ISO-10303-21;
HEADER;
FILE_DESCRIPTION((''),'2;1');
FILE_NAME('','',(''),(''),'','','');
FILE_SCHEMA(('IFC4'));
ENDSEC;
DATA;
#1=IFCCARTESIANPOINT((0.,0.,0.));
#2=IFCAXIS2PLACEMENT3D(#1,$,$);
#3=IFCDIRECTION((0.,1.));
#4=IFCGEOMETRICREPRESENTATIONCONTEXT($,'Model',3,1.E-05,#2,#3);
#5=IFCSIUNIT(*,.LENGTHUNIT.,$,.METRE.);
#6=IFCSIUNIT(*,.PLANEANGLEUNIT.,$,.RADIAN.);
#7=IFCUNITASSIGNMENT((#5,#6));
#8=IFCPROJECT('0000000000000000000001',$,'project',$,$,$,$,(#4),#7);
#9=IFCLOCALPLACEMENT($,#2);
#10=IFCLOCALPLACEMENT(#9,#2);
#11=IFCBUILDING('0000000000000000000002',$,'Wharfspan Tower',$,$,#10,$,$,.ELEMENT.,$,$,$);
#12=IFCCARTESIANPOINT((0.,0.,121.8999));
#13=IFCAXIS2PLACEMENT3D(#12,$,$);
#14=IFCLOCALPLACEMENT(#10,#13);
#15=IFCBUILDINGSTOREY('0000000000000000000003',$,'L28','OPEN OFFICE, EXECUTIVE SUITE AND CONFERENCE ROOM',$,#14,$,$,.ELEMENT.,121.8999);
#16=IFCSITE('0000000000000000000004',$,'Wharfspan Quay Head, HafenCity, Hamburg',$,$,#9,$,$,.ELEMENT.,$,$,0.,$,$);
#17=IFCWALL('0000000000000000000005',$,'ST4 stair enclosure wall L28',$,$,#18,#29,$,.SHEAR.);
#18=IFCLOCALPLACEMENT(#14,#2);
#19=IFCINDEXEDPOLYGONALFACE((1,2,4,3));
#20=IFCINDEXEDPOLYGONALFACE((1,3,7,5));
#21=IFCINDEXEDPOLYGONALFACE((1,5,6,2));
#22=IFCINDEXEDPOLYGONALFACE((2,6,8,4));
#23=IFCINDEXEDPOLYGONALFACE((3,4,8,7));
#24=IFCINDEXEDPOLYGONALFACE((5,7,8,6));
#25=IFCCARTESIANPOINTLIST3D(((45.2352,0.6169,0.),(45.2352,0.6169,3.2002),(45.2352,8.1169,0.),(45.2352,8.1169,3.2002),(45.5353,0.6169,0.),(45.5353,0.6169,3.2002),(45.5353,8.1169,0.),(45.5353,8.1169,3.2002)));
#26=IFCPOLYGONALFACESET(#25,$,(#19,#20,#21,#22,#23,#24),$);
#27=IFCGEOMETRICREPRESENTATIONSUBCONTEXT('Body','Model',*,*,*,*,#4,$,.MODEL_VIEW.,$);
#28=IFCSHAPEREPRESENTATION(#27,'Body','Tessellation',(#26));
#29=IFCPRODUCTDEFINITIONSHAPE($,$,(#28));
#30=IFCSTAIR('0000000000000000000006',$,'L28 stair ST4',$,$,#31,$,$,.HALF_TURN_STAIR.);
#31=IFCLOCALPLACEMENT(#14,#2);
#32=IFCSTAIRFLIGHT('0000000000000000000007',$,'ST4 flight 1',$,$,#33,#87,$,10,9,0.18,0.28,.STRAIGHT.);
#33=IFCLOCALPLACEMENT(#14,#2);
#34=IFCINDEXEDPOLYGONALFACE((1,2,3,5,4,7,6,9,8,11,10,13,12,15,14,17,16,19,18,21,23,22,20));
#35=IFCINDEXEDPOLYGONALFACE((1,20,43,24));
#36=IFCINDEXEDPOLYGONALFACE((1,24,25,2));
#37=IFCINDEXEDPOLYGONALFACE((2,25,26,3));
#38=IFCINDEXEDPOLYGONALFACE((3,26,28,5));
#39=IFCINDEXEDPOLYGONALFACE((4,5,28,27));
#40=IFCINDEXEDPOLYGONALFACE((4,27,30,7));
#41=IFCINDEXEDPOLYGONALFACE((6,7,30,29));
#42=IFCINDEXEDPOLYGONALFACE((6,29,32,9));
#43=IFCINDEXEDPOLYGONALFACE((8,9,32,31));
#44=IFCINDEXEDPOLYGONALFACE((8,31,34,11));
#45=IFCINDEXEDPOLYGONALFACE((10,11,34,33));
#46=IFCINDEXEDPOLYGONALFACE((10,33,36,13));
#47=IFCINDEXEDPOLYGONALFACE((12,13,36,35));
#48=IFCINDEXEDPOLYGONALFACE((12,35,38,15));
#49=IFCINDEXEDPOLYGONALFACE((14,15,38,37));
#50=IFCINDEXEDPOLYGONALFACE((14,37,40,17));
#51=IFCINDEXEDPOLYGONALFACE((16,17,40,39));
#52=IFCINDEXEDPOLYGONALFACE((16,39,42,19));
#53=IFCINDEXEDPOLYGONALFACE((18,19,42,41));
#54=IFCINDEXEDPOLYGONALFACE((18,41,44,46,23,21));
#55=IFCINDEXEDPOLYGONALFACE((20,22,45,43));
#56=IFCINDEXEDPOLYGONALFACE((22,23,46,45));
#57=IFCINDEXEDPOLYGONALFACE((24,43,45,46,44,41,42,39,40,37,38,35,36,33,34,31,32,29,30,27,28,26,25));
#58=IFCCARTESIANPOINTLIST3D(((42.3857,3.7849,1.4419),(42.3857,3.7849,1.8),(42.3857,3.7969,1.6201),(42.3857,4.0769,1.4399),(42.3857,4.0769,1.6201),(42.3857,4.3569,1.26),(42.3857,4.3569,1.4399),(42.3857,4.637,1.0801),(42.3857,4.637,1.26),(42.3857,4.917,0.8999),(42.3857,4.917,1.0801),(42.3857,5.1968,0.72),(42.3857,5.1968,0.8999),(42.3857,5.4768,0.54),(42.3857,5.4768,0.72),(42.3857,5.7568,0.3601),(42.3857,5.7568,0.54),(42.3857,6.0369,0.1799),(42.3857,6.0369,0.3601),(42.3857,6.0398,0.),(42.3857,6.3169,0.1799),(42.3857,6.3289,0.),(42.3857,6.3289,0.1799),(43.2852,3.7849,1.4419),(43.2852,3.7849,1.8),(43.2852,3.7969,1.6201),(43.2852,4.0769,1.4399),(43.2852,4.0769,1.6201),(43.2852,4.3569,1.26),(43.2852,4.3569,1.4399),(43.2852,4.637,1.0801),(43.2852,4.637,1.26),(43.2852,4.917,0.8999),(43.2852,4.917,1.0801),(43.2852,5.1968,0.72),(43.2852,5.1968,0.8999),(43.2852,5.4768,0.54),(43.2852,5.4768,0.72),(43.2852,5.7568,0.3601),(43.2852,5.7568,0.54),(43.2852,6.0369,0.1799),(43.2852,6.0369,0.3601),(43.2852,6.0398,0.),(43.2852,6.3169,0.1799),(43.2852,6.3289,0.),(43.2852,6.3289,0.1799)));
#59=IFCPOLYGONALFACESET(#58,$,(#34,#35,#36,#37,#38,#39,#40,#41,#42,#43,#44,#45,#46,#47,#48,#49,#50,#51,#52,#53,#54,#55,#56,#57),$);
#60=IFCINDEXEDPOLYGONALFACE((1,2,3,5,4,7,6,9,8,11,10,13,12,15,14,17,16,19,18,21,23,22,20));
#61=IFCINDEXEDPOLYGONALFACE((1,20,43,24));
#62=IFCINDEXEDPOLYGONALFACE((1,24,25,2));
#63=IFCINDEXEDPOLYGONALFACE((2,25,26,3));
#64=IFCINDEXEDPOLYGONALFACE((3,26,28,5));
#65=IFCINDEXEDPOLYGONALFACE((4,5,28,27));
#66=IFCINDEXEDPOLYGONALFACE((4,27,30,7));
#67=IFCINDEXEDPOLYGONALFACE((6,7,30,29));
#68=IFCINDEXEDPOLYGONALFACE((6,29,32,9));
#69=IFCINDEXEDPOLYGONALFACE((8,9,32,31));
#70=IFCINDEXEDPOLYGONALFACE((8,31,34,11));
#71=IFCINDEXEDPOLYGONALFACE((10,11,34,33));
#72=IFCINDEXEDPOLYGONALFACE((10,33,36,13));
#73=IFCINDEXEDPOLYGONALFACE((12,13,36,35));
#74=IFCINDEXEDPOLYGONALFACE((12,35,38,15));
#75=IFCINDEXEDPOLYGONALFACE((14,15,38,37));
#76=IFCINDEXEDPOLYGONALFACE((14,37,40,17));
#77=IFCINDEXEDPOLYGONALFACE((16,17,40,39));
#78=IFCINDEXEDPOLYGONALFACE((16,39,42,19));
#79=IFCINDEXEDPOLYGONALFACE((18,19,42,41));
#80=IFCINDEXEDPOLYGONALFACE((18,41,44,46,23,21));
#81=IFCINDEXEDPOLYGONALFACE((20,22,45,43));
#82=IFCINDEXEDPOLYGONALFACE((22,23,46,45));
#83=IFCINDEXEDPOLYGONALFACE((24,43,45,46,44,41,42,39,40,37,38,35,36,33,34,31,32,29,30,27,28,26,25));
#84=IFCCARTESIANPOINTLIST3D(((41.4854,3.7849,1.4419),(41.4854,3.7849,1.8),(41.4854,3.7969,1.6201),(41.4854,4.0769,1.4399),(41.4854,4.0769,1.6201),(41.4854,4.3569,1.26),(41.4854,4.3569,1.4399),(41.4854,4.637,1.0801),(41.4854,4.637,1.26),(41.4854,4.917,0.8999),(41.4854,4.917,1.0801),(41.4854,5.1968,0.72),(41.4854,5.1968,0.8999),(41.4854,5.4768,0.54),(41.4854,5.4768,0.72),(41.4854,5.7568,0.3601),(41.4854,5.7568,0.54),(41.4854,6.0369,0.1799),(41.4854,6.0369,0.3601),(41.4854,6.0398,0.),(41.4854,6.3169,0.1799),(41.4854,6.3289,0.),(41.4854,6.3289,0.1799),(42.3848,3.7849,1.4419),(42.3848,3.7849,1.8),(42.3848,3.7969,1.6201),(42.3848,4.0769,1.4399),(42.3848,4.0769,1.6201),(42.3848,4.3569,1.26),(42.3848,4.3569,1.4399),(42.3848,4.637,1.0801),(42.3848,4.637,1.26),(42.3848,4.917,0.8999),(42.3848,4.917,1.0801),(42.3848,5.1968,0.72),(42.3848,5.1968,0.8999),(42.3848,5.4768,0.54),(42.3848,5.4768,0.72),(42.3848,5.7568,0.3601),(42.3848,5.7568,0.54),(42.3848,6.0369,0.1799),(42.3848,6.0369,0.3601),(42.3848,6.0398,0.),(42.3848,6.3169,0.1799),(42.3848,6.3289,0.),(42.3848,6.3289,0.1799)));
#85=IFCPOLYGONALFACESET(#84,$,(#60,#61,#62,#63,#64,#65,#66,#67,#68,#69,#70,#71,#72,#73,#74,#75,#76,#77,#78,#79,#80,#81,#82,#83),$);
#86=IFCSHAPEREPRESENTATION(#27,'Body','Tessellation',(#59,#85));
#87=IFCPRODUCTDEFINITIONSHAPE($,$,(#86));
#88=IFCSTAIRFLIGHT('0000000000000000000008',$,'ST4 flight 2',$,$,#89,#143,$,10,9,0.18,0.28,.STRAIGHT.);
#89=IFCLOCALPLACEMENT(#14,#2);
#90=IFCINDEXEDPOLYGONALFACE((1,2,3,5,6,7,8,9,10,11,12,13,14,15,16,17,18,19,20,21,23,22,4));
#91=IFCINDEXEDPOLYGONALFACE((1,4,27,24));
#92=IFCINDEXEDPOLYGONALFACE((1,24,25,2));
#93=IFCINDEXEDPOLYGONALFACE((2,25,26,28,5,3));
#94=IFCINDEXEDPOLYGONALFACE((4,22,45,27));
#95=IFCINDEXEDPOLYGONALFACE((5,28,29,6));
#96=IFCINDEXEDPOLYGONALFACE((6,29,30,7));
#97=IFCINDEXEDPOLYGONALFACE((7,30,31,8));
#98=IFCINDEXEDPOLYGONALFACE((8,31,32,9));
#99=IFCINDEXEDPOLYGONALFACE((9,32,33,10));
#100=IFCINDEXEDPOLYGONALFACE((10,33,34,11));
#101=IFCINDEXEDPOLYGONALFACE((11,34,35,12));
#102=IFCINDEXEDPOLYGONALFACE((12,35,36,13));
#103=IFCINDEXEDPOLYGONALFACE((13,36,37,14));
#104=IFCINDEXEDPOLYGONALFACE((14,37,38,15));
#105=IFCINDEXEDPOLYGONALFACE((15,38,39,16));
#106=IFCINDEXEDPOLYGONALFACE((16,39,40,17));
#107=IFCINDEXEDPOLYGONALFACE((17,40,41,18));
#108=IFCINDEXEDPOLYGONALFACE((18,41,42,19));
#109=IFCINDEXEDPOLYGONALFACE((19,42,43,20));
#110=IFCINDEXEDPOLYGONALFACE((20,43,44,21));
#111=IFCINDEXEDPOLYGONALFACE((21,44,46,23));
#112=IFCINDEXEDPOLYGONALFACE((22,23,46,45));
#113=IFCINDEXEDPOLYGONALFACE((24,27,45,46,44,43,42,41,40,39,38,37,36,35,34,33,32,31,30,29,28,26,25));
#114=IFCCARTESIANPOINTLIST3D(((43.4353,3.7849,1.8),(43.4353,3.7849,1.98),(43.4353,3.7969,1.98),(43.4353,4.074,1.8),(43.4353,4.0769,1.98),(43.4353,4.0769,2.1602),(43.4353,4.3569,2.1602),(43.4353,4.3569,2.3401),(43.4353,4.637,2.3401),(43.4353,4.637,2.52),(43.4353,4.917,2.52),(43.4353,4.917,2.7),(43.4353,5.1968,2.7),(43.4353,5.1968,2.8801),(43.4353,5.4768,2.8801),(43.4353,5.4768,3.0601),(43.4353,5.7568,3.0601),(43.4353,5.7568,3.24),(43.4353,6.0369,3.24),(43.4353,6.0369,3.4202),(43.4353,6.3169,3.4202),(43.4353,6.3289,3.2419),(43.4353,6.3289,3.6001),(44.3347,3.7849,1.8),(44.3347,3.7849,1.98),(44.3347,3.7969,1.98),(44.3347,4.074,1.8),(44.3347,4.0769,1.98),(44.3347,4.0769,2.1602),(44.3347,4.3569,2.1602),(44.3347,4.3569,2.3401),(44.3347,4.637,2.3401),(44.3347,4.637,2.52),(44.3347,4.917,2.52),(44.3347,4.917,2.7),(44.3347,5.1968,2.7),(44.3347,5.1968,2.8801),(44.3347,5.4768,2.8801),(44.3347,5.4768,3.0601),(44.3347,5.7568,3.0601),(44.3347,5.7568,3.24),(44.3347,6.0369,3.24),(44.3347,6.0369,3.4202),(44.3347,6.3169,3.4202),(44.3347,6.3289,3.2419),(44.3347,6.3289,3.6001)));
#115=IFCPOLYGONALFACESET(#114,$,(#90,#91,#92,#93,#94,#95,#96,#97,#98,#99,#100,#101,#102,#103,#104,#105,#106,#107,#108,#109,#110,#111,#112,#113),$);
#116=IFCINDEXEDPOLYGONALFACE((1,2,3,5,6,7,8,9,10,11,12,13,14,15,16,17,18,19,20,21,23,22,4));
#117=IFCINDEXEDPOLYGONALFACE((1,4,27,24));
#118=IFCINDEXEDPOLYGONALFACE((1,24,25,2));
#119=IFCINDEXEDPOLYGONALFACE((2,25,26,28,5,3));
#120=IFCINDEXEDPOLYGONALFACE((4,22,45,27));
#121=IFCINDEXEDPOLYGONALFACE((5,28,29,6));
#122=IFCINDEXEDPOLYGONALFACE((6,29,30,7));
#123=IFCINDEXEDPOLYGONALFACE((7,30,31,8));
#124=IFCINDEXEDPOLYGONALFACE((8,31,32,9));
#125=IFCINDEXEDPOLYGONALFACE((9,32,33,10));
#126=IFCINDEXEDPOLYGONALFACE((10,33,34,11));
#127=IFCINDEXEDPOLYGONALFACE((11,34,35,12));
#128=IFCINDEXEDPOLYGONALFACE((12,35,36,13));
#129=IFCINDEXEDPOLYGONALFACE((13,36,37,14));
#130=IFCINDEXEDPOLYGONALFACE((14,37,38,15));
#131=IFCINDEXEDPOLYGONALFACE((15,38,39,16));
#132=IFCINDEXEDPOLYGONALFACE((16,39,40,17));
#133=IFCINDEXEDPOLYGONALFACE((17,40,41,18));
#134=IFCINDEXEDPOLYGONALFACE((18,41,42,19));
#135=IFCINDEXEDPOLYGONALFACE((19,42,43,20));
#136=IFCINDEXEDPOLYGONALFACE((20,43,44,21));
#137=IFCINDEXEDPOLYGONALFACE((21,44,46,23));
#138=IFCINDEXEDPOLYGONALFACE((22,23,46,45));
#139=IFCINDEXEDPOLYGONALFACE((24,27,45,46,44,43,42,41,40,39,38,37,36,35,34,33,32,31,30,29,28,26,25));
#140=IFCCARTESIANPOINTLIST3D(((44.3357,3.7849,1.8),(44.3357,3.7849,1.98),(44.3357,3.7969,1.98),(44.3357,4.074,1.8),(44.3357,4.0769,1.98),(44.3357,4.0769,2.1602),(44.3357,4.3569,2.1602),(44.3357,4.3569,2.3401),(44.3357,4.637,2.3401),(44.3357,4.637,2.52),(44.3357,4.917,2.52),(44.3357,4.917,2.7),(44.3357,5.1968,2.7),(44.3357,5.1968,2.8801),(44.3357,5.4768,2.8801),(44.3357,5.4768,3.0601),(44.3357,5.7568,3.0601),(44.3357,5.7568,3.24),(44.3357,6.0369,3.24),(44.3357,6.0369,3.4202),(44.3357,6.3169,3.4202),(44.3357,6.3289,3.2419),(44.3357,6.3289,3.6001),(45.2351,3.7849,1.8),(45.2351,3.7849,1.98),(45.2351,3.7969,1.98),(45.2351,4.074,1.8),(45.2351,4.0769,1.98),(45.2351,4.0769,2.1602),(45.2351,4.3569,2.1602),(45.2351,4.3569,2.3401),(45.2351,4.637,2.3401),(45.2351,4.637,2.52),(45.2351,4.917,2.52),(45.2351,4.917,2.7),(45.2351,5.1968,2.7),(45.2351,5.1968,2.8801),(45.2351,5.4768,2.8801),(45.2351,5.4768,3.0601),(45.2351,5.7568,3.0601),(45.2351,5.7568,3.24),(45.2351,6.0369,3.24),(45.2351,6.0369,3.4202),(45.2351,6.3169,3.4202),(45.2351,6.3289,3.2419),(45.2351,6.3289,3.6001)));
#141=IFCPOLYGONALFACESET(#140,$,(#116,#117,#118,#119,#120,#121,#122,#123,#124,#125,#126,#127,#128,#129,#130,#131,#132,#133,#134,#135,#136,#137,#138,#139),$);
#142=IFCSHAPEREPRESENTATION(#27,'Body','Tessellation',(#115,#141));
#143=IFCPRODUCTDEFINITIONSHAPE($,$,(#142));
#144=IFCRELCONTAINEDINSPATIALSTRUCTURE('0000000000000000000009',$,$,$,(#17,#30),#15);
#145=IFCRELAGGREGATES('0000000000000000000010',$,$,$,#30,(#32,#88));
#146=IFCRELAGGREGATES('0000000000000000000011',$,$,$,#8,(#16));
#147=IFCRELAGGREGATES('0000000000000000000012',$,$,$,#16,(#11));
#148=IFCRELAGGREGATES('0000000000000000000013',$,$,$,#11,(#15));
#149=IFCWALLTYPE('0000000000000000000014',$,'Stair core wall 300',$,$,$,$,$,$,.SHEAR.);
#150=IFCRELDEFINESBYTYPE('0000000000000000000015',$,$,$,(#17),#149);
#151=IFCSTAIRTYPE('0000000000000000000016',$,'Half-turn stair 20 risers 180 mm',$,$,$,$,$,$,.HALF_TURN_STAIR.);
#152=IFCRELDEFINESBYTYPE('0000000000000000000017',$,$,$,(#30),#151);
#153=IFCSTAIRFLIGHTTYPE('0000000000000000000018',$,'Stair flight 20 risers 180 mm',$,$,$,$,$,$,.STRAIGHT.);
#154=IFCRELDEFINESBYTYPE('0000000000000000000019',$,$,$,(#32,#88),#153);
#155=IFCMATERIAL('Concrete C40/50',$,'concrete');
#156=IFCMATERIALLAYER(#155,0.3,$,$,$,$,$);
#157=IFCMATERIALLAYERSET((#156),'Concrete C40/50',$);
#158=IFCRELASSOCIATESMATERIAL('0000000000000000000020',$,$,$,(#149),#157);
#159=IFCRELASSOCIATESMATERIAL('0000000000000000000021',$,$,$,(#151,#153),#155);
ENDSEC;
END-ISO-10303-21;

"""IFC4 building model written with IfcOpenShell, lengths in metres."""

from ifc_helpers import new_model, si_unit, direction, frame, frame_2d, origin, place, context, subcontext, project, spatial, polyline, rectangle, outline, extrude, material, layer, layer_set, type_object, element, aggregate, save


model = new_model("IFC4")

# Units and contexts
model_context = context("Model", 3, precision=1e-05, world=origin(), true_north=direction((0.0, 1.0)))
body_context = subcontext(model_context, "Body", "Model", "MODEL_VIEW")
ifc_project = project(units=[si_unit("LENGTHUNIT", "METRE"), si_unit("PLANEANGLEUNIT", "RADIAN")], contexts=[model_context])

# Site, building, storey
site_placement = place(None, origin())
site = spatial("IfcSite", under=ifc_project, at=site_placement, Name="Wharfspan Quay Head, HafenCity, Hamburg", CompositionType="ELEMENT", RefElevation=0.0)
building_placement = place(site_placement, origin())
building = spatial("IfcBuilding", under=site, at=building_placement, Name="Wharfspan Tower", CompositionType="ELEMENT")
storey_placement = place(building_placement, frame((0.0, 0.0, 121.8999)))
storey = spatial("IfcBuildingStorey", under=building, at=storey_placement, Name="L28", Description="OPEN OFFICE, EXECUTIVE SUITE AND CONFERENCE ROOM", CompositionType="ELEMENT", Elevation=121.8999)

# Wall
ifc_material_1 = material(Name="Concrete C40/50", Category="concrete")
ifc_layer_1 = layer(ifc_material_1, 0.3)
ifc_layer_set_1 = layer_set([ifc_layer_1], Name="Concrete C40/50")
wall_type_1 = type_object("IfcWallType", Name="Stair core wall 300", PredefinedType="SHEAR", material=ifc_layer_set_1)
wall_1_placement = place(storey_placement, frame((45.3853, 0.6169, 0.0), z_axis=(0.0, 0.0, 1.0), x_axis=(0.0, 1.0, 0.0)))
element("IfcWall", 1, at=wall_1_placement, inside=storey, type_object=wall_type_1, Name="ST4 stair enclosure wall L28", PredefinedType="SHEAR", context=body_context, shape_type="SweptSolid", body=[
    extrude(rectangle(XDim=7.5, YDim=0.3, at=frame_2d((3.75, 0.0))), origin(), (0.0, 0.0, 1.0), 3.2002),
])

# Stair, stair flights
stair_type = type_object("IfcStairType", Name="Half-turn stair 20 risers 180 mm", PredefinedType="HALF_TURN_STAIR", material=ifc_material_1)
stair_placement = place(storey_placement, origin())
stair = element("IfcStair", 2, at=stair_placement, inside=storey, type_object=stair_type, Name="L28 stair ST4", PredefinedType="HALF_TURN_STAIR")
stair_flight_type = type_object("IfcStairFlightType", Name="Stair flight 20 risers 180 mm", PredefinedType="STRAIGHT", material=ifc_material_1)
stair_flight_1_placement = place(storey_placement, frame((42.3853, 6.3169, 0.0), z_axis=(0.0, 0.0, 1.0), x_axis=(0.0, -1.0, 0.0)))
stair_flight_1 = element("IfcStairFlight", 3, at=stair_flight_1_placement, type_object=stair_flight_type, Name="ST4 flight 1", NumberOfRisers=10, NumberOfTreads=9, PredefinedType="STRAIGHT", RiserHeight=0.18, TreadLength=0.28, context=body_context, shape_type="SweptSolid", body=[
    extrude(outline(polyline([(-0.012, 0.0), (-0.012, 0.1799), (0.0, 0.1799), (0.28, 0.1799), (0.28, 0.3601), (0.5601, 0.3601), (0.5601, 0.54), (0.8401, 0.54), (0.8401, 0.72), (1.1201, 0.72), (1.1201, 0.8999), (1.3999, 0.8999), (1.3999, 1.0801), (1.6799, 1.0801), (1.6799, 1.26), (1.96, 1.26), (1.96, 1.4399), (2.24, 1.4399), (2.24, 1.6201), (2.52, 1.6201), (2.532, 1.8), (2.532, 1.4419), (0.2771, 0.0), (-0.012, 0.0)])), frame((0.0, 0.8999, 0.0), z_axis=(0.0, -1.0, 0.0), x_axis=(1.0, 0.0, 0.0)), (0.0, 0.0, 1.0), 0.8994),
    extrude(outline(polyline([(-0.012, 0.0), (-0.012, 0.1799), (0.0, 0.1799), (0.28, 0.1799), (0.28, 0.3601), (0.5601, 0.3601), (0.5601, 0.54), (0.8401, 0.54), (0.8401, 0.72), (1.1201, 0.72), (1.1201, 0.8999), (1.3999, 0.8999), (1.3999, 1.0801), (1.6799, 1.0801), (1.6799, 1.26), (1.96, 1.26), (1.96, 1.4399), (2.24, 1.4399), (2.24, 1.6201), (2.52, 1.6201), (2.532, 1.8), (2.532, 1.4419), (0.2771, 0.0), (-0.012, 0.0)])), frame((0.0, -0.0005, 0.0), z_axis=(0.0, -1.0, 0.0), x_axis=(1.0, 0.0, 0.0)), (0.0, 0.0, 1.0), 0.8994),
])
stair_flight_2_placement = place(storey_placement, frame((44.3352, 3.7969, 1.8), z_axis=(0.0, 0.0, 1.0), x_axis=(0.0, 1.0, 0.0)))
stair_flight_2 = element("IfcStairFlight", 4, at=stair_flight_2_placement, type_object=stair_flight_type, Name="ST4 flight 2", NumberOfRisers=10, NumberOfTreads=9, PredefinedType="STRAIGHT", RiserHeight=0.18, TreadLength=0.28, context=body_context, shape_type="SweptSolid", body=[
    extrude(outline(polyline([(-0.012, 0.0), (-0.012, 0.1799), (0.0, 0.1799), (0.28, 0.1799), (0.28, 0.3601), (0.5601, 0.3601), (0.5601, 0.54), (0.8401, 0.54), (0.8401, 0.72), (1.1201, 0.72), (1.1201, 0.8999), (1.3999, 0.8999), (1.3999, 1.0801), (1.6799, 1.0801), (1.6799, 1.26), (1.96, 1.26), (1.96, 1.4399), (2.24, 1.4399), (2.24, 1.6201), (2.52, 1.6201), (2.532, 1.8), (2.532, 1.4419), (0.2771, 0.0), (-0.012, 0.0)])), frame((0.0, 0.8999, 0.0), z_axis=(0.0, -1.0, 0.0), x_axis=(1.0, 0.0, 0.0)), (0.0, 0.0, 1.0), 0.8994),
    extrude(outline(polyline([(-0.012, 0.0), (-0.012, 0.1799), (0.0, 0.1799), (0.28, 0.1799), (0.28, 0.3601), (0.5601, 0.3601), (0.5601, 0.54), (0.8401, 0.54), (0.8401, 0.72), (1.1201, 0.72), (1.1201, 0.8999), (1.3999, 0.8999), (1.3999, 1.0801), (1.6799, 1.0801), (1.6799, 1.26), (1.96, 1.26), (1.96, 1.4399), (2.24, 1.4399), (2.24, 1.6201), (2.52, 1.6201), (2.532, 1.8), (2.532, 1.4419), (0.2771, 0.0), (-0.012, 0.0)])), frame((0.0, -0.0005, 0.0), z_axis=(0.0, -1.0, 0.0), x_axis=(1.0, 0.0, 0.0)), (0.0, 0.0, 1.0), 0.8994),
])
aggregate(stair, [stair_flight_1, stair_flight_2])

save(model, "model.ifc")
